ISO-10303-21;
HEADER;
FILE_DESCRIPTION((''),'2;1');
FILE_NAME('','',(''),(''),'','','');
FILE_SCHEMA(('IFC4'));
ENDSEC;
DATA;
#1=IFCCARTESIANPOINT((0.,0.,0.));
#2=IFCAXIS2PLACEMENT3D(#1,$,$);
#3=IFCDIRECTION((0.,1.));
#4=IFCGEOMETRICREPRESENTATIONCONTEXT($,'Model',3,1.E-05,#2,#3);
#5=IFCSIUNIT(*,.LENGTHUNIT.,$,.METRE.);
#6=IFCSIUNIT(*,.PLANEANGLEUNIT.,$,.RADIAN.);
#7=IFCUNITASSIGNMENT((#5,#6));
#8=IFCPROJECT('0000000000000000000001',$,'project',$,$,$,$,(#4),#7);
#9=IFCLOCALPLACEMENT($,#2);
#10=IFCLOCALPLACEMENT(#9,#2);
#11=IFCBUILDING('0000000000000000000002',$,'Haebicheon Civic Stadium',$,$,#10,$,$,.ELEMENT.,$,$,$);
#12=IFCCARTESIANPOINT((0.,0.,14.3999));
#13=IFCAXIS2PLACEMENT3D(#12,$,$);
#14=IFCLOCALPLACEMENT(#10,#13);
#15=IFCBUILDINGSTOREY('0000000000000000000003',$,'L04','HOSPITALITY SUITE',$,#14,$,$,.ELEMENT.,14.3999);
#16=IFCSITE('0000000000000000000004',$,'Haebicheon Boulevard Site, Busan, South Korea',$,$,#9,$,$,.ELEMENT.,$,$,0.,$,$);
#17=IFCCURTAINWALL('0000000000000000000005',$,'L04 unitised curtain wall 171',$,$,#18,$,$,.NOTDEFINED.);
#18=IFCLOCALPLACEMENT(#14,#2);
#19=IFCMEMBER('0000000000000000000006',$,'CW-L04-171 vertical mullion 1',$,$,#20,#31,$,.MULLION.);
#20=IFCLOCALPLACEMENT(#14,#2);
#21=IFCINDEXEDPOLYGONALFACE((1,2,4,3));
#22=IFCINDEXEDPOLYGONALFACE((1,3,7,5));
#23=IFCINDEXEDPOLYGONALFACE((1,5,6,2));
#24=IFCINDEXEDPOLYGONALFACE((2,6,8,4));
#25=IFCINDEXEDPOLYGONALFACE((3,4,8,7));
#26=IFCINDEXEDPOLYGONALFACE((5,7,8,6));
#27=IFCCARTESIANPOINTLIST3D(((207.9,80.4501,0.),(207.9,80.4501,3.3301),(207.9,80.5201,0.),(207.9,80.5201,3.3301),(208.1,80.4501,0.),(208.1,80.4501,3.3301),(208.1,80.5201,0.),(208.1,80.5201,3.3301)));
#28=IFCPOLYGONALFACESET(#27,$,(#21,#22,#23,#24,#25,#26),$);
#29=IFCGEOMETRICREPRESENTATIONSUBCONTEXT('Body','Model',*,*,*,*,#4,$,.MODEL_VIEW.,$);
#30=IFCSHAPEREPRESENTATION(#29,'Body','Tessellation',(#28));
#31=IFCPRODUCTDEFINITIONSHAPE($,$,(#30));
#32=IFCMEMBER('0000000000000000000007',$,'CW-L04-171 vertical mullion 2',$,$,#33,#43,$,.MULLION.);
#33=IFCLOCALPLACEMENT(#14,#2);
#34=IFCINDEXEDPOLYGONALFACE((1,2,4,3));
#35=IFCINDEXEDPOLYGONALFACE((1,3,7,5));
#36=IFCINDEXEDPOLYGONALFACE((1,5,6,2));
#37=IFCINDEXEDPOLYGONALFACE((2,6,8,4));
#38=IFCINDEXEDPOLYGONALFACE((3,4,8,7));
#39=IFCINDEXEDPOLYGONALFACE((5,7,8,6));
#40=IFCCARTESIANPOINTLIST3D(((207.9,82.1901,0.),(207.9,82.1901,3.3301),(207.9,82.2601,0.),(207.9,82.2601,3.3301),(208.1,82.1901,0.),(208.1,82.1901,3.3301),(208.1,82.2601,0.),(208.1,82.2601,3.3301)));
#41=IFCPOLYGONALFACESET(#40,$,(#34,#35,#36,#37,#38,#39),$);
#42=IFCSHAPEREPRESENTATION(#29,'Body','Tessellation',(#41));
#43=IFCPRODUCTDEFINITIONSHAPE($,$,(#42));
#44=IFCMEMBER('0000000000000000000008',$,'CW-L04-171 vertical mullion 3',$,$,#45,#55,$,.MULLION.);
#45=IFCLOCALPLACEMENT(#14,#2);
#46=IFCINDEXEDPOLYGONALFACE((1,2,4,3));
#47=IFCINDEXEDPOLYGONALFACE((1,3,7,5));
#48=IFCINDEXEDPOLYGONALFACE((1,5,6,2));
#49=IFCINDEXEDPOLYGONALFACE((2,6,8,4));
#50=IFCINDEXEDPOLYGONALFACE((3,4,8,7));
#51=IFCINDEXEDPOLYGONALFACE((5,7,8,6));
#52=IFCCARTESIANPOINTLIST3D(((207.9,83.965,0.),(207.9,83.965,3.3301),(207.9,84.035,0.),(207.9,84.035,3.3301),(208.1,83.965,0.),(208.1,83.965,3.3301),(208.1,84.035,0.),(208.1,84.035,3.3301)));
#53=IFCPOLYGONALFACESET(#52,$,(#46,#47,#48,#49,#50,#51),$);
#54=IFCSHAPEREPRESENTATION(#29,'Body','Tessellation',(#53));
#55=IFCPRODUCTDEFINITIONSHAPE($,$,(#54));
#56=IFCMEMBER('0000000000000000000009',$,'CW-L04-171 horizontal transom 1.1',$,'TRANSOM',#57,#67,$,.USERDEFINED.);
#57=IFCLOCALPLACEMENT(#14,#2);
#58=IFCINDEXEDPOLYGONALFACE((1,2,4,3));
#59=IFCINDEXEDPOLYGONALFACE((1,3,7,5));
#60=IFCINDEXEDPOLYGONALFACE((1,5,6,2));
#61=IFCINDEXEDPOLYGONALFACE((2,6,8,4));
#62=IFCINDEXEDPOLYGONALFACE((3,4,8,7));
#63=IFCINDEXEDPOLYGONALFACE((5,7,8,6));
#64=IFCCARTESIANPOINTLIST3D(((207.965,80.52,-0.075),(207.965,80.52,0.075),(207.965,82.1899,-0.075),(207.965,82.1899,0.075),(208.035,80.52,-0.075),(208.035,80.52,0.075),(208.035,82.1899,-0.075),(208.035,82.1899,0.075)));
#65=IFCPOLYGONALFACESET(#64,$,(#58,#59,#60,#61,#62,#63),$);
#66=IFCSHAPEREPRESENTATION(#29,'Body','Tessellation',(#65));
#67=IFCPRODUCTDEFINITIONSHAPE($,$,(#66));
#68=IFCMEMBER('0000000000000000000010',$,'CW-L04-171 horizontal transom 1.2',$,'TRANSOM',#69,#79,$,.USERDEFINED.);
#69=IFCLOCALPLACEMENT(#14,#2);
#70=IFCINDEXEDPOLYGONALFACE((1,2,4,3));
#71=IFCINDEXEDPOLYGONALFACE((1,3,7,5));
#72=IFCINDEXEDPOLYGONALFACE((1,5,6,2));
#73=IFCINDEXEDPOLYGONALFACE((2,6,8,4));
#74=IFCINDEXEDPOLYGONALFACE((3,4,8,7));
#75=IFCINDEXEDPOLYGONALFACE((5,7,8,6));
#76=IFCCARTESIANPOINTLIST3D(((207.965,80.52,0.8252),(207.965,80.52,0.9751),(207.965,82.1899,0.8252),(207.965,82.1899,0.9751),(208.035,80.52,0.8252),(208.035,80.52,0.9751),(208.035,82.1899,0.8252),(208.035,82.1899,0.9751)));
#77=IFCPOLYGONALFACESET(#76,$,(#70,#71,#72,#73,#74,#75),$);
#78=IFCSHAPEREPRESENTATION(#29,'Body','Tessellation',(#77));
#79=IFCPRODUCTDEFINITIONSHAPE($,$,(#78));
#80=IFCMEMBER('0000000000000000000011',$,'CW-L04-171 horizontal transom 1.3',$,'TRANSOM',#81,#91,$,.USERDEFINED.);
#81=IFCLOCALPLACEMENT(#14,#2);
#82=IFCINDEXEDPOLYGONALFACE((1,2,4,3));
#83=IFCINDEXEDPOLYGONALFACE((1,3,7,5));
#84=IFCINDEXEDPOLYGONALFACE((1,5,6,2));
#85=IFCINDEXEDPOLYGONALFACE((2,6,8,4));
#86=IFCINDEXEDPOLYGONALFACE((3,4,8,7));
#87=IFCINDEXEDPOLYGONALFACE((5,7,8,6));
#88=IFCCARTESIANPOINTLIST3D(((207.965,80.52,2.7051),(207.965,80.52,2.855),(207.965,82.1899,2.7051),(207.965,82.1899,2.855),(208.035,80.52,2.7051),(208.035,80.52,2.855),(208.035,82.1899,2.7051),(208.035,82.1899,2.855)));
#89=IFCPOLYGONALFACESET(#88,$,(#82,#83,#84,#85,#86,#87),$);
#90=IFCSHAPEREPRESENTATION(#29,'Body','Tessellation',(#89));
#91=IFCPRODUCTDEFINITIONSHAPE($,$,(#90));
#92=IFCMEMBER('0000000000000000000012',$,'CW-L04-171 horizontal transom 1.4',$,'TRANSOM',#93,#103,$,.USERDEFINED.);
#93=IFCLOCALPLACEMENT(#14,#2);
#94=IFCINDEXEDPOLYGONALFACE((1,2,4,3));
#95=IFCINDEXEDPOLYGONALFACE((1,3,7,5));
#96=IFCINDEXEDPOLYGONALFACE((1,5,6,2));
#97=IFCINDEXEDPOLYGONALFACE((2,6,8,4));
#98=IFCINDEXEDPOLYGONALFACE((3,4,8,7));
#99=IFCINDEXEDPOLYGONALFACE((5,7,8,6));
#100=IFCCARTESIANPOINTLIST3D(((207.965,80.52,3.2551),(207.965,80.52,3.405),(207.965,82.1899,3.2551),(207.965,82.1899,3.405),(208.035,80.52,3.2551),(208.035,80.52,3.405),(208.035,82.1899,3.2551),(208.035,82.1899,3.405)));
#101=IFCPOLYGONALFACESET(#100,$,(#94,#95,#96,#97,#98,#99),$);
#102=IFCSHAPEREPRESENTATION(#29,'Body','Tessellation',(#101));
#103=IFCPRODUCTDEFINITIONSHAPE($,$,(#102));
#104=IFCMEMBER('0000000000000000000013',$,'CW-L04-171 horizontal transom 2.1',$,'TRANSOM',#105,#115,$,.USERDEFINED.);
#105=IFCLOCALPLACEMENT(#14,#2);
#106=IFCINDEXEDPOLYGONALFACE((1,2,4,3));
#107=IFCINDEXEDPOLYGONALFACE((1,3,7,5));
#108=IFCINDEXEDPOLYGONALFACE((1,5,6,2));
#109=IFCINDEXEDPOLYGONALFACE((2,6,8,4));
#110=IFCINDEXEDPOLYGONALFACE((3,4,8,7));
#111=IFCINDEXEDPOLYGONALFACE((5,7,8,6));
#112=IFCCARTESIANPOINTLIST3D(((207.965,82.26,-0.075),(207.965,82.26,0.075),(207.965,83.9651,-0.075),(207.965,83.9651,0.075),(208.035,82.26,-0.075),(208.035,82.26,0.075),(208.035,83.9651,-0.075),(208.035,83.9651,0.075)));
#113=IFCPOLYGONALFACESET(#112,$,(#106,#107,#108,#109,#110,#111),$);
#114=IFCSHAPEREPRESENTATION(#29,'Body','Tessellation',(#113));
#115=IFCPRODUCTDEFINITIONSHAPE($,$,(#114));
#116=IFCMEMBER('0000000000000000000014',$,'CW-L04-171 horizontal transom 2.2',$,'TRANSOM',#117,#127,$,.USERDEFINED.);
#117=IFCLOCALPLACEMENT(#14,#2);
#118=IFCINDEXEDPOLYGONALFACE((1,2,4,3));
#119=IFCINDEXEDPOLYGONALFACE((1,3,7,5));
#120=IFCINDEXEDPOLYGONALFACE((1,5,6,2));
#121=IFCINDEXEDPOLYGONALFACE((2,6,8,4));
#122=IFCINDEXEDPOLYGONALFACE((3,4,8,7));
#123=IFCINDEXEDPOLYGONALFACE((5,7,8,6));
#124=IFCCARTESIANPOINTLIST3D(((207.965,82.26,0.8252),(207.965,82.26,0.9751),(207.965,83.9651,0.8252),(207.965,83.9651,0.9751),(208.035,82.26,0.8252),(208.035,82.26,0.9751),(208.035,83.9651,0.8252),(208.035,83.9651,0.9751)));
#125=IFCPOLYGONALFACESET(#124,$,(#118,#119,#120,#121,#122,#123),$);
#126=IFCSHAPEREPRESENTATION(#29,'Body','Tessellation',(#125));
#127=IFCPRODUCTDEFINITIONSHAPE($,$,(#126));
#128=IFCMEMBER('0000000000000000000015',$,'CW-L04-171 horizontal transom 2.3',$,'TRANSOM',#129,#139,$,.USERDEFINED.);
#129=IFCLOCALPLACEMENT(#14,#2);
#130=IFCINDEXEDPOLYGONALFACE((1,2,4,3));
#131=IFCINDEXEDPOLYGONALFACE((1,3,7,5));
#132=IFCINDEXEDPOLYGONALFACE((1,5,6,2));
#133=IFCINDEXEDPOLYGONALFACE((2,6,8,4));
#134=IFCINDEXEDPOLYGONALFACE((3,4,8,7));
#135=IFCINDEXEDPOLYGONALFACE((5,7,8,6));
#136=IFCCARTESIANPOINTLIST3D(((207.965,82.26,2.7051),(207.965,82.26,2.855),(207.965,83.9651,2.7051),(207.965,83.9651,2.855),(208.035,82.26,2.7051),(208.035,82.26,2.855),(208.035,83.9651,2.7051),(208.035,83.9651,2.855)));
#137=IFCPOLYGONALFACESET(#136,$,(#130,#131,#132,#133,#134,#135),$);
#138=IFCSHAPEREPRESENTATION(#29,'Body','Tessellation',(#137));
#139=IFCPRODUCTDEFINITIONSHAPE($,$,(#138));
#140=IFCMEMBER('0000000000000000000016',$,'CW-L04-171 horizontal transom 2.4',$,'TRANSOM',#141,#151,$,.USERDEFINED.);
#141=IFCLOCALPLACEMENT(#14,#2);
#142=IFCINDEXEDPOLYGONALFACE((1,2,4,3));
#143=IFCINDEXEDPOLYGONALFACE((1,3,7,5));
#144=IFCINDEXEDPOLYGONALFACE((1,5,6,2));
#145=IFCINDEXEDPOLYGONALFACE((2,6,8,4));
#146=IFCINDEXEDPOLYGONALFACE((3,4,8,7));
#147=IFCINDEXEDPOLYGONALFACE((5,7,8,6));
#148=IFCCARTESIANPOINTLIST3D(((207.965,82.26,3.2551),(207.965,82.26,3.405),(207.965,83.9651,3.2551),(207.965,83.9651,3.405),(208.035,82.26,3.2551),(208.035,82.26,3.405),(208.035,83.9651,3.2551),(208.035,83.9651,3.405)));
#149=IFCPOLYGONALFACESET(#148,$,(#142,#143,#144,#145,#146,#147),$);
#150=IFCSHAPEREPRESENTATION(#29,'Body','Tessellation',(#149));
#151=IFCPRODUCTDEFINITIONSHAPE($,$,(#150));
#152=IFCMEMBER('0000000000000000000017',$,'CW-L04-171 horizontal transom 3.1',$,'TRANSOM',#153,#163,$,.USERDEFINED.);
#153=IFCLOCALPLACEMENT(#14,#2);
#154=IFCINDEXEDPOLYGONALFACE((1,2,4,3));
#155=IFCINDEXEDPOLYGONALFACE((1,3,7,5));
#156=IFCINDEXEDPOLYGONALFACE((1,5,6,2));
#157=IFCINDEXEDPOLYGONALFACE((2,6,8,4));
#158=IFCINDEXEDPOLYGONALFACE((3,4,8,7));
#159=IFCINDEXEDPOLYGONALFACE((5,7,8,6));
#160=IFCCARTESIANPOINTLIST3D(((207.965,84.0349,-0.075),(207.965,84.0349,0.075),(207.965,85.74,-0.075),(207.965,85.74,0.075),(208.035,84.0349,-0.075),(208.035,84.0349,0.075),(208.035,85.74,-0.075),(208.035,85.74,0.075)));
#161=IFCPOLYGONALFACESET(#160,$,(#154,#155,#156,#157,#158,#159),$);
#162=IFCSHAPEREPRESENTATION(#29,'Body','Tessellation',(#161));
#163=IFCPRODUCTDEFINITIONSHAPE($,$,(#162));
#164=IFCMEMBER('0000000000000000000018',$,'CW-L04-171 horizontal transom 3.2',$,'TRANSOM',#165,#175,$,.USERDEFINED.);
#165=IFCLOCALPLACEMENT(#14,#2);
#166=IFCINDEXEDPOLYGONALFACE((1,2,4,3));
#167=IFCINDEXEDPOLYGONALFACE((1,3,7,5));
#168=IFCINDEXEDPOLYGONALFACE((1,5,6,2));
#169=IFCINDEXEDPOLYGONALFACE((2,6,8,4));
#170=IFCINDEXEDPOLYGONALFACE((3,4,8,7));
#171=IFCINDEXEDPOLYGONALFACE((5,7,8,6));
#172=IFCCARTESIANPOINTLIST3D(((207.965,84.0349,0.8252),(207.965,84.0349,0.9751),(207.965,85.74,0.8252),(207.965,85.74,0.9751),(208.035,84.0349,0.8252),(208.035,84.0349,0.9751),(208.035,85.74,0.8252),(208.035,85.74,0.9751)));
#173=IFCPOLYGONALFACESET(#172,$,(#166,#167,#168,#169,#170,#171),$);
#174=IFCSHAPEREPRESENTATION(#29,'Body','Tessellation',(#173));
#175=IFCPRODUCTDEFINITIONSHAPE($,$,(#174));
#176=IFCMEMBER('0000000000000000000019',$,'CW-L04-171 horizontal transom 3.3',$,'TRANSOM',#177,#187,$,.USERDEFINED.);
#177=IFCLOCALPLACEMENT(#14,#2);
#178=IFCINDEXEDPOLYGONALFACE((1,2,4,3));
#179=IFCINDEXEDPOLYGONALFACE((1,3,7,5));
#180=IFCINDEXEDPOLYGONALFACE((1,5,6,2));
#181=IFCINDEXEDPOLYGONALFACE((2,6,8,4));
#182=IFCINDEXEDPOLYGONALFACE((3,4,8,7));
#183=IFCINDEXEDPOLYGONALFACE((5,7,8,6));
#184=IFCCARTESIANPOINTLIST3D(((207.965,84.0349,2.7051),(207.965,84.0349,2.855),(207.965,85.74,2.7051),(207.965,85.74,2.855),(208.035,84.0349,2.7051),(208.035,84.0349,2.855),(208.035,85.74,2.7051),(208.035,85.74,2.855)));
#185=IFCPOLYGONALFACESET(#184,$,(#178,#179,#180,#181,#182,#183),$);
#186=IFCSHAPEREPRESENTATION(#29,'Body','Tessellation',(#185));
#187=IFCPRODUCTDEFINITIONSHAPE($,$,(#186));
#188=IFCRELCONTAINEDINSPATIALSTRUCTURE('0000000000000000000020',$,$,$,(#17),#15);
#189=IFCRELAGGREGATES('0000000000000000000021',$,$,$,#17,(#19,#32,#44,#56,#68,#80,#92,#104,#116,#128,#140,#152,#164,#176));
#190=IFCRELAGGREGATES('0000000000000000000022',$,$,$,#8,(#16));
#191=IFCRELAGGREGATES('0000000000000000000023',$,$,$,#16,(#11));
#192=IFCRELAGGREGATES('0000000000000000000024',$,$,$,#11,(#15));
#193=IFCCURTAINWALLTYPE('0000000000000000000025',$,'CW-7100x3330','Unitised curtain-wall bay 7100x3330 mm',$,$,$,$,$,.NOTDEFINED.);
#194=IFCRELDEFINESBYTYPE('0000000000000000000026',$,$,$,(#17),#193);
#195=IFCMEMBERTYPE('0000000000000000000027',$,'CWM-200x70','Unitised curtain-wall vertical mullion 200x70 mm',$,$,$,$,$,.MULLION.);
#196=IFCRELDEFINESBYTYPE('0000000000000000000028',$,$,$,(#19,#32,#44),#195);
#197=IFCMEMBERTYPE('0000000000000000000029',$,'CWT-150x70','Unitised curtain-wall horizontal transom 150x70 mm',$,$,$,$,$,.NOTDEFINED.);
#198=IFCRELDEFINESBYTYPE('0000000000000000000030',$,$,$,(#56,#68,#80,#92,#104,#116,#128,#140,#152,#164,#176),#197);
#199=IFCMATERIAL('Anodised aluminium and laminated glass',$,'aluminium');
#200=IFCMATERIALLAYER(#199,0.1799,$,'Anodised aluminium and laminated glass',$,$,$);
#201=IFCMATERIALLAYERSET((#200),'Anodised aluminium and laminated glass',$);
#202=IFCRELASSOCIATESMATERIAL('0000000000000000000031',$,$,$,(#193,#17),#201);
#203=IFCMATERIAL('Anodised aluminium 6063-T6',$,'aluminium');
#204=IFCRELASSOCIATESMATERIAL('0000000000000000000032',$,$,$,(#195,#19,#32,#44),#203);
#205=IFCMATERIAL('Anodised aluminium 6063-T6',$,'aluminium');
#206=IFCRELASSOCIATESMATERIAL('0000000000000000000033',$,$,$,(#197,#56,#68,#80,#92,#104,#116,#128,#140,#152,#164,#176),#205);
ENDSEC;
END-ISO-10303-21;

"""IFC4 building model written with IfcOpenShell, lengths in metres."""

from ifc_helpers import new_model, si_unit, direction, frame, origin, origin_2d, place, context, subcontext, project, spatial, rectangle, extrude, material, layer, layer_set, material_profile, profile_set, type_object, element, aggregate, save


model = new_model("IFC4")

# Units and contexts
model_context = context("Model", 3, precision=1e-05, world=origin(), true_north=direction((0.0, 1.0)))
body_context = subcontext(model_context, "Body", "Model", "MODEL_VIEW")
ifc_project = project(units=[si_unit("LENGTHUNIT", "METRE"), si_unit("PLANEANGLEUNIT", "RADIAN")], contexts=[model_context])

# Site, building, storey
site_placement = place(None, origin())
site = spatial("IfcSite", under=ifc_project, at=site_placement, Name="Haebicheon Boulevard Site, Busan, South Korea", CompositionType="ELEMENT", RefElevation=0.0)
building_placement = place(site_placement, origin())
building = spatial("IfcBuilding", under=site, at=building_placement, Name="Haebicheon Civic Stadium", CompositionType="ELEMENT")
storey_placement = place(building_placement, frame((0.0, 0.0, 14.3999)))
storey = spatial("IfcBuildingStorey", under=building, at=storey_placement, Name="L04", Description="HOSPITALITY SUITE", CompositionType="ELEMENT", Elevation=14.3999)

# Curtain wall, members
ifc_material_1 = material(Name="Anodised aluminium and laminated glass", Category="aluminium")
ifc_layer_1 = layer(ifc_material_1, 0.1799, Name="Anodised aluminium and laminated glass")
ifc_layer_set_1 = layer_set([ifc_layer_1], Name="Anodised aluminium and laminated glass")
curtain_wall_type = type_object("IfcCurtainWallType", Name="CW-7100x3330", Description="Unitised curtain-wall bay 7100x3330 mm", PredefinedType="NOTDEFINED", material=ifc_layer_set_1)
curtain_wall_placement = place(storey_placement, origin())
curtain_wall = element("IfcCurtainWall", 1, at=curtain_wall_placement, inside=storey, type_object=curtain_wall_type, material=ifc_layer_set_1, Name="L04 unitised curtain wall 171", PredefinedType="NOTDEFINED")
ifc_material_2 = material(Name="Anodised aluminium 6063-T6", Category="aluminium")
ifc_material_profile_1 = material_profile(ifc_material_2, rectangle(XDim=0.0701, YDim=0.2, at=origin_2d()), Name="ALU-MULL-70x200")
ifc_profile_set_1 = profile_set([ifc_material_profile_1], Name="Anodised aluminium 6063-T6")
member_type_1 = type_object("IfcMemberType", Name="CWM-200x70", Description="Unitised curtain-wall vertical mullion 200x70 mm", PredefinedType="MULLION", material=ifc_profile_set_1)
member_1_placement = place(storey_placement, frame((208.0, 80.4851, 0.0), z_axis=(0.0, 0.0, 1.0), x_axis=(0.0, 1.0, 0.0)))
member_1 = element("IfcMember", 2, at=member_1_placement, type_object=member_type_1, material=ifc_profile_set_1, Name="CW-L04-171 vertical mullion 1", PredefinedType="MULLION", context=body_context, shape_type="SweptSolid", body=[
    extrude(rectangle(XDim=0.0701, YDim=0.2, at=origin_2d()), origin(), (0.0, 0.0, 1.0), 3.3301),
])
member_2_placement = place(storey_placement, frame((208.0, 82.2251, 0.0), z_axis=(0.0, 0.0, 1.0), x_axis=(0.0, 1.0, 0.0)))
member_2 = element("IfcMember", 3, at=member_2_placement, type_object=member_type_1, material=ifc_profile_set_1, Name="CW-L04-171 vertical mullion 2", PredefinedType="MULLION", context=body_context, shape_type="SweptSolid", body=[
    extrude(rectangle(XDim=0.0701, YDim=0.2, at=origin_2d()), origin(), (0.0, 0.0, 1.0), 3.3301),
])
member_3_placement = place(storey_placement, frame((208.0, 84.0, 0.0), z_axis=(0.0, 0.0, 1.0), x_axis=(0.0, 1.0, 0.0)))
member_3 = element("IfcMember", 4, at=member_3_placement, type_object=member_type_1, material=ifc_profile_set_1, Name="CW-L04-171 vertical mullion 3", PredefinedType="MULLION", context=body_context, shape_type="SweptSolid", body=[
    extrude(rectangle(XDim=0.0701, YDim=0.2, at=origin_2d()), origin(), (0.0, 0.0, 1.0), 3.3301),
])
ifc_material_3 = material(Name="Anodised aluminium 6063-T6", Category="aluminium")
ifc_material_profile_2 = material_profile(ifc_material_3, rectangle(XDim=0.0701, YDim=0.1499, at=origin_2d()), Name="ALU-TRAN-70x150")
ifc_profile_set_2 = profile_set([ifc_material_profile_2], Name="Anodised aluminium 6063-T6")
member_type_2 = type_object("IfcMemberType", Name="CWT-150x70", Description="Unitised curtain-wall horizontal transom 150x70 mm", PredefinedType="NOTDEFINED", material=ifc_profile_set_2)
member_4_placement = place(storey_placement, frame((208.0, 80.52, 0.0), z_axis=(0.0, 1.0, 0.0), x_axis=(-1.0, 0.0, 0.0)))
member_4 = element("IfcMember", 5, at=member_4_placement, type_object=member_type_2, material=ifc_profile_set_2, Name="CW-L04-171 horizontal transom 1.1", ObjectType="TRANSOM", PredefinedType="USERDEFINED", context=body_context, shape_type="SweptSolid", body=[
    extrude(rectangle(XDim=0.0701, YDim=0.1499, at=origin_2d()), origin(), (0.0, 0.0, 1.0), 1.6699),
])
member_5_placement = place(storey_placement, frame((208.0, 80.52, 0.9001), z_axis=(0.0, 1.0, 0.0), x_axis=(-1.0, 0.0, 0.0)))
member_5 = element("IfcMember", 6, at=member_5_placement, type_object=member_type_2, material=ifc_profile_set_2, Name="CW-L04-171 horizontal transom 1.2", ObjectType="TRANSOM", PredefinedType="USERDEFINED", context=body_context, shape_type="SweptSolid", body=[
    extrude(rectangle(XDim=0.0701, YDim=0.1499, at=origin_2d()), origin(), (0.0, 0.0, 1.0), 1.6699),
])
member_6_placement = place(storey_placement, frame((208.0, 80.52, 2.78), z_axis=(0.0, 1.0, 0.0), x_axis=(-1.0, 0.0, 0.0)))
member_6 = element("IfcMember", 7, at=member_6_placement, type_object=member_type_2, material=ifc_profile_set_2, Name="CW-L04-171 horizontal transom 1.3", ObjectType="TRANSOM", PredefinedType="USERDEFINED", context=body_context, shape_type="SweptSolid", body=[
    extrude(rectangle(XDim=0.0701, YDim=0.1499, at=origin_2d()), origin(), (0.0, 0.0, 1.0), 1.6699),
])
member_7_placement = place(storey_placement, frame((208.0, 80.52, 3.3301), z_axis=(0.0, 1.0, 0.0), x_axis=(-1.0, 0.0, 0.0)))
member_7 = element("IfcMember", 8, at=member_7_placement, type_object=member_type_2, material=ifc_profile_set_2, Name="CW-L04-171 horizontal transom 1.4", ObjectType="TRANSOM", PredefinedType="USERDEFINED", context=body_context, shape_type="SweptSolid", body=[
    extrude(rectangle(XDim=0.0701, YDim=0.1499, at=origin_2d()), origin(), (0.0, 0.0, 1.0), 1.6699),
])
member_8_placement = place(storey_placement, frame((208.0, 82.26, 0.0), z_axis=(0.0, 1.0, 0.0), x_axis=(-1.0, 0.0, 0.0)))
member_8 = element("IfcMember", 9, at=member_8_placement, type_object=member_type_2, material=ifc_profile_set_2, Name="CW-L04-171 horizontal transom 2.1", ObjectType="TRANSOM", PredefinedType="USERDEFINED", context=body_context, shape_type="SweptSolid", body=[
    extrude(rectangle(XDim=0.0701, YDim=0.1499, at=origin_2d()), origin(), (0.0, 0.0, 1.0), 1.7051),
])
member_9_placement = place(storey_placement, frame((208.0, 82.26, 0.9001), z_axis=(0.0, 1.0, 0.0), x_axis=(-1.0, 0.0, 0.0)))
member_9 = element("IfcMember", 10, at=member_9_placement, type_object=member_type_2, material=ifc_profile_set_2, Name="CW-L04-171 horizontal transom 2.2", ObjectType="TRANSOM", PredefinedType="USERDEFINED", context=body_context, shape_type="SweptSolid", body=[
    extrude(rectangle(XDim=0.0701, YDim=0.1499, at=origin_2d()), origin(), (0.0, 0.0, 1.0), 1.7051),
])
member_10_placement = place(storey_placement, frame((208.0, 82.26, 2.78), z_axis=(0.0, 1.0, 0.0), x_axis=(-1.0, 0.0, 0.0)))
member_10 = element("IfcMember", 11, at=member_10_placement, type_object=member_type_2, material=ifc_profile_set_2, Name="CW-L04-171 horizontal transom 2.3", ObjectType="TRANSOM", PredefinedType="USERDEFINED", context=body_context, shape_type="SweptSolid", body=[
    extrude(rectangle(XDim=0.0701, YDim=0.1499, at=origin_2d()), origin(), (0.0, 0.0, 1.0), 1.7051),
])
member_11_placement = place(storey_placement, frame((208.0, 82.26, 3.3301), z_axis=(0.0, 1.0, 0.0), x_axis=(-1.0, 0.0, 0.0)))
member_11 = element("IfcMember", 12, at=member_11_placement, type_object=member_type_2, material=ifc_profile_set_2, Name="CW-L04-171 horizontal transom 2.4", ObjectType="TRANSOM", PredefinedType="USERDEFINED", context=body_context, shape_type="SweptSolid", body=[
    extrude(rectangle(XDim=0.0701, YDim=0.1499, at=origin_2d()), origin(), (0.0, 0.0, 1.0), 1.7051),
])
member_12_placement = place(storey_placement, frame((208.0, 84.0349, 0.0), z_axis=(0.0, 1.0, 0.0), x_axis=(-1.0, 0.0, 0.0)))
member_12 = element("IfcMember", 13, at=member_12_placement, type_object=member_type_2, material=ifc_profile_set_2, Name="CW-L04-171 horizontal transom 3.1", ObjectType="TRANSOM", PredefinedType="USERDEFINED", context=body_context, shape_type="SweptSolid", body=[
    extrude(rectangle(XDim=0.0701, YDim=0.1499, at=origin_2d()), origin(), (0.0, 0.0, 1.0), 1.7051),
])
member_13_placement = place(storey_placement, frame((208.0, 84.0349, 0.9001), z_axis=(0.0, 1.0, 0.0), x_axis=(-1.0, 0.0, 0.0)))
member_13 = element("IfcMember", 14, at=member_13_placement, type_object=member_type_2, material=ifc_profile_set_2, Name="CW-L04-171 horizontal transom 3.2", ObjectType="TRANSOM", PredefinedType="USERDEFINED", context=body_context, shape_type="SweptSolid", body=[
    extrude(rectangle(XDim=0.0701, YDim=0.1499, at=origin_2d()), origin(), (0.0, 0.0, 1.0), 1.7051),
])
member_14_placement = place(storey_placement, frame((208.0, 84.0349, 2.78), z_axis=(0.0, 1.0, 0.0), x_axis=(-1.0, 0.0, 0.0)))
member_14 = element("IfcMember", 15, at=member_14_placement, type_object=member_type_2, material=ifc_profile_set_2, Name="CW-L04-171 horizontal transom 3.3", ObjectType="TRANSOM", PredefinedType="USERDEFINED", context=body_context, shape_type="SweptSolid", body=[
    extrude(rectangle(XDim=0.0701, YDim=0.1499, at=origin_2d()), origin(), (0.0, 0.0, 1.0), 1.7051),
])
aggregate(curtain_wall, [member_1, member_2, member_3, member_4, member_5, member_6, member_7, member_8, member_9, member_10, member_11, member_12, member_13, member_14])

save(model, "model.ifc")
